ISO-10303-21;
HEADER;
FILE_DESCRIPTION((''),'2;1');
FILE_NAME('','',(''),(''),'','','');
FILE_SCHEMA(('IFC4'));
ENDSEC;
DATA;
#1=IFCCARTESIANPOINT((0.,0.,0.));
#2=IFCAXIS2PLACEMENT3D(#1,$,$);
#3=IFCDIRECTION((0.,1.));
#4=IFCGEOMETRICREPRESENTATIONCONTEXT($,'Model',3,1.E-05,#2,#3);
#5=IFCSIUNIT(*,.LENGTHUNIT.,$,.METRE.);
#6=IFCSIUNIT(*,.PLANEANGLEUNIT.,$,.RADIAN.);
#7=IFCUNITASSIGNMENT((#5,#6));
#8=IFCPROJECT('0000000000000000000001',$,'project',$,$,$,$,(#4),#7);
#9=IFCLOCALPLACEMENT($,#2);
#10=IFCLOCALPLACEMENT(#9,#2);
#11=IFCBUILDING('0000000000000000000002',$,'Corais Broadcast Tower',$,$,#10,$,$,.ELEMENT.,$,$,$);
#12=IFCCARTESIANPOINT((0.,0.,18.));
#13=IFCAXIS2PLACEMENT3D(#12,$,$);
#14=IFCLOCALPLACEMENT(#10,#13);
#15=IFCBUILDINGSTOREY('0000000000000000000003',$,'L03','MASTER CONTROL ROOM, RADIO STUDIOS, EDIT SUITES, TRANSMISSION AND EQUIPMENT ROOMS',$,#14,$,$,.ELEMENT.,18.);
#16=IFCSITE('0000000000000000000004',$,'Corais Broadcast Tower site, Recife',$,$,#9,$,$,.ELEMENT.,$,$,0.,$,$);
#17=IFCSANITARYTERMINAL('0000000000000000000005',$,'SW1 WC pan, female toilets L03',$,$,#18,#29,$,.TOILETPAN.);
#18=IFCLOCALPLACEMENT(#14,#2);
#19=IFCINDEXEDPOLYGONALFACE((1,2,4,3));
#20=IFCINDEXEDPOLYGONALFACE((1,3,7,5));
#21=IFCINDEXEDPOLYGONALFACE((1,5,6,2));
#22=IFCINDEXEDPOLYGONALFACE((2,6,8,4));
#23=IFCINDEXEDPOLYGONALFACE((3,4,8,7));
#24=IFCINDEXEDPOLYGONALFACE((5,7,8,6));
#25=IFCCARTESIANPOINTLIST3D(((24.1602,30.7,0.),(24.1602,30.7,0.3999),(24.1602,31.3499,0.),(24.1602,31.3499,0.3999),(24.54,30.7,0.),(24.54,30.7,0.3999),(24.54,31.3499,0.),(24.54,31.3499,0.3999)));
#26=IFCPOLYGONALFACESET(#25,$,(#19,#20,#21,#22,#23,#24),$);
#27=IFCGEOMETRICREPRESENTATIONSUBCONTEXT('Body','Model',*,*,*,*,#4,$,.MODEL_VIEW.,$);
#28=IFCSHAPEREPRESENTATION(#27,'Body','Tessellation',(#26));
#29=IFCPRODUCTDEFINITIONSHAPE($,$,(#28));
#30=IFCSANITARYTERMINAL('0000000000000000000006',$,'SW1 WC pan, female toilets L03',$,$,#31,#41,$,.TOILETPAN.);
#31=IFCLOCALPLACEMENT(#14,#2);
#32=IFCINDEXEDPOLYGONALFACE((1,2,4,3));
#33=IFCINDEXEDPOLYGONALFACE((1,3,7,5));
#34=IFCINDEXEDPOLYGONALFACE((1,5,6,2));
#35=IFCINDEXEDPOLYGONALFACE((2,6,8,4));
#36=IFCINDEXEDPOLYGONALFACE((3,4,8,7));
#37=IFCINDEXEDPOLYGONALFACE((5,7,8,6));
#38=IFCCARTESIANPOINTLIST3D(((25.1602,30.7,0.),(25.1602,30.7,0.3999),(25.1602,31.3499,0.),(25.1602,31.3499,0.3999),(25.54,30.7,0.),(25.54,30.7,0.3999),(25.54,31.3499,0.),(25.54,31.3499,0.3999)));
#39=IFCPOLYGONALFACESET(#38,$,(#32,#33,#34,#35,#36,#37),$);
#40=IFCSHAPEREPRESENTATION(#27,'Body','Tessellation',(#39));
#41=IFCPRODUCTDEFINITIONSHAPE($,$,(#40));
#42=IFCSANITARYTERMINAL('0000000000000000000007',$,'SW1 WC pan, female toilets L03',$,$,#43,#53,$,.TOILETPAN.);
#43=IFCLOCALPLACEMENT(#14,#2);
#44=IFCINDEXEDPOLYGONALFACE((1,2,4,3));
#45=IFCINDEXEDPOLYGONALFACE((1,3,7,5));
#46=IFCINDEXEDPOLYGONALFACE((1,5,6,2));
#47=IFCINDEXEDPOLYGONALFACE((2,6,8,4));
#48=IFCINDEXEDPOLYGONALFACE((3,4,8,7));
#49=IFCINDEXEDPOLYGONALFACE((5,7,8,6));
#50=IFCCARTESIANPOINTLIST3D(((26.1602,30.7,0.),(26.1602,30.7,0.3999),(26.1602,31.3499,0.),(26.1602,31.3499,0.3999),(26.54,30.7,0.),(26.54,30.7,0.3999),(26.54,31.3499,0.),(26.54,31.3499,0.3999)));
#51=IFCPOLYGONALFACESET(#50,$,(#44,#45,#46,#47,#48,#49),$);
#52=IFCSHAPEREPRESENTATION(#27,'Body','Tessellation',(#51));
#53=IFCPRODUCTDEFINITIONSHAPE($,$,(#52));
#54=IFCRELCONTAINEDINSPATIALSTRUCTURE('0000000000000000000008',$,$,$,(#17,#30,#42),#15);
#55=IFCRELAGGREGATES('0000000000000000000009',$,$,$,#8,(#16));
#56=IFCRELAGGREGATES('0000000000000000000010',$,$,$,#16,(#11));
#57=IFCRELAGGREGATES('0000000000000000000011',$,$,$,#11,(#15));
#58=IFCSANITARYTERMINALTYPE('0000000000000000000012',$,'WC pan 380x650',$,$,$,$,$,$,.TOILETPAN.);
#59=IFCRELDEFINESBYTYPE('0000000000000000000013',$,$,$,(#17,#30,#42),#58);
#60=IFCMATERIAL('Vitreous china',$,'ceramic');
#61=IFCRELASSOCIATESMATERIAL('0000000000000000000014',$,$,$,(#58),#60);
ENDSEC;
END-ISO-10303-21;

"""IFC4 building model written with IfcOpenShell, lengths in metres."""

from ifc_helpers import new_model, si_unit, direction, frame, origin, origin_2d, place, context, subcontext, project, spatial, rectangle, extrude, material, type_object, element, save


model = new_model("IFC4")

# Units and contexts
model_context = context("Model", 3, precision=1e-05, world=origin(), true_north=direction((0.0, 1.0)))
body_context = subcontext(model_context, "Body", "Model", "MODEL_VIEW")
ifc_project = project(units=[si_unit("LENGTHUNIT", "METRE"), si_unit("PLANEANGLEUNIT", "RADIAN")], contexts=[model_context])

# Site, building, storey
site_placement = place(None, origin())
site = spatial("IfcSite", under=ifc_project, at=site_placement, Name="Corais Broadcast Tower site, Recife", CompositionType="ELEMENT", RefElevation=0.0)
building_placement = place(site_placement, origin())
building = spatial("IfcBuilding", under=site, at=building_placement, Name="Corais Broadcast Tower", CompositionType="ELEMENT")
storey_placement = place(building_placement, frame((0.0, 0.0, 18.0)))
storey = spatial("IfcBuildingStorey", under=building, at=storey_placement, Name="L03", Description="MASTER CONTROL ROOM, RADIO STUDIOS, EDIT SUITES, TRANSMISSION AND EQUIPMENT ROOMS", CompositionType="ELEMENT", Elevation=18.0)

# Sanitary terminals
ifc_material_1 = material(Name="Vitreous china", Category="ceramic")
sanitary_terminal_type = type_object("IfcSanitaryTerminalType", Name="WC pan 380x650", PredefinedType="TOILETPAN", material=ifc_material_1)
for number, where, z_axis, x_axis, name in (
    (1, (24.3501, 31.0249, 0.0), (0.0, 0.0, 1.0), (1.0, 0.0, 0.0), "SW1 WC pan, female toilets L03"),
    (2, (25.3501, 31.0249, 0.0), (0.0, 0.0, 1.0), (1.0, 0.0, 0.0), "SW1 WC pan, female toilets L03"),
    (3, (26.3501, 31.0249, 0.0), (0.0, 0.0, 1.0), (1.0, 0.0, 0.0), "SW1 WC pan, female toilets L03"),
):
    element("IfcSanitaryTerminal", number, at=place(storey_placement, frame(where, z_axis=z_axis, x_axis=x_axis)), inside=storey, type_object=sanitary_terminal_type, Name=name, PredefinedType="TOILETPAN", context=body_context, shape_type="SweptSolid", body=[
        extrude(rectangle(XDim=0.3799, YDim=0.6499, at=origin_2d()), origin(), (0.0, 0.0, 1.0), 0.3999),
    ])

save(model, "model.ifc")
